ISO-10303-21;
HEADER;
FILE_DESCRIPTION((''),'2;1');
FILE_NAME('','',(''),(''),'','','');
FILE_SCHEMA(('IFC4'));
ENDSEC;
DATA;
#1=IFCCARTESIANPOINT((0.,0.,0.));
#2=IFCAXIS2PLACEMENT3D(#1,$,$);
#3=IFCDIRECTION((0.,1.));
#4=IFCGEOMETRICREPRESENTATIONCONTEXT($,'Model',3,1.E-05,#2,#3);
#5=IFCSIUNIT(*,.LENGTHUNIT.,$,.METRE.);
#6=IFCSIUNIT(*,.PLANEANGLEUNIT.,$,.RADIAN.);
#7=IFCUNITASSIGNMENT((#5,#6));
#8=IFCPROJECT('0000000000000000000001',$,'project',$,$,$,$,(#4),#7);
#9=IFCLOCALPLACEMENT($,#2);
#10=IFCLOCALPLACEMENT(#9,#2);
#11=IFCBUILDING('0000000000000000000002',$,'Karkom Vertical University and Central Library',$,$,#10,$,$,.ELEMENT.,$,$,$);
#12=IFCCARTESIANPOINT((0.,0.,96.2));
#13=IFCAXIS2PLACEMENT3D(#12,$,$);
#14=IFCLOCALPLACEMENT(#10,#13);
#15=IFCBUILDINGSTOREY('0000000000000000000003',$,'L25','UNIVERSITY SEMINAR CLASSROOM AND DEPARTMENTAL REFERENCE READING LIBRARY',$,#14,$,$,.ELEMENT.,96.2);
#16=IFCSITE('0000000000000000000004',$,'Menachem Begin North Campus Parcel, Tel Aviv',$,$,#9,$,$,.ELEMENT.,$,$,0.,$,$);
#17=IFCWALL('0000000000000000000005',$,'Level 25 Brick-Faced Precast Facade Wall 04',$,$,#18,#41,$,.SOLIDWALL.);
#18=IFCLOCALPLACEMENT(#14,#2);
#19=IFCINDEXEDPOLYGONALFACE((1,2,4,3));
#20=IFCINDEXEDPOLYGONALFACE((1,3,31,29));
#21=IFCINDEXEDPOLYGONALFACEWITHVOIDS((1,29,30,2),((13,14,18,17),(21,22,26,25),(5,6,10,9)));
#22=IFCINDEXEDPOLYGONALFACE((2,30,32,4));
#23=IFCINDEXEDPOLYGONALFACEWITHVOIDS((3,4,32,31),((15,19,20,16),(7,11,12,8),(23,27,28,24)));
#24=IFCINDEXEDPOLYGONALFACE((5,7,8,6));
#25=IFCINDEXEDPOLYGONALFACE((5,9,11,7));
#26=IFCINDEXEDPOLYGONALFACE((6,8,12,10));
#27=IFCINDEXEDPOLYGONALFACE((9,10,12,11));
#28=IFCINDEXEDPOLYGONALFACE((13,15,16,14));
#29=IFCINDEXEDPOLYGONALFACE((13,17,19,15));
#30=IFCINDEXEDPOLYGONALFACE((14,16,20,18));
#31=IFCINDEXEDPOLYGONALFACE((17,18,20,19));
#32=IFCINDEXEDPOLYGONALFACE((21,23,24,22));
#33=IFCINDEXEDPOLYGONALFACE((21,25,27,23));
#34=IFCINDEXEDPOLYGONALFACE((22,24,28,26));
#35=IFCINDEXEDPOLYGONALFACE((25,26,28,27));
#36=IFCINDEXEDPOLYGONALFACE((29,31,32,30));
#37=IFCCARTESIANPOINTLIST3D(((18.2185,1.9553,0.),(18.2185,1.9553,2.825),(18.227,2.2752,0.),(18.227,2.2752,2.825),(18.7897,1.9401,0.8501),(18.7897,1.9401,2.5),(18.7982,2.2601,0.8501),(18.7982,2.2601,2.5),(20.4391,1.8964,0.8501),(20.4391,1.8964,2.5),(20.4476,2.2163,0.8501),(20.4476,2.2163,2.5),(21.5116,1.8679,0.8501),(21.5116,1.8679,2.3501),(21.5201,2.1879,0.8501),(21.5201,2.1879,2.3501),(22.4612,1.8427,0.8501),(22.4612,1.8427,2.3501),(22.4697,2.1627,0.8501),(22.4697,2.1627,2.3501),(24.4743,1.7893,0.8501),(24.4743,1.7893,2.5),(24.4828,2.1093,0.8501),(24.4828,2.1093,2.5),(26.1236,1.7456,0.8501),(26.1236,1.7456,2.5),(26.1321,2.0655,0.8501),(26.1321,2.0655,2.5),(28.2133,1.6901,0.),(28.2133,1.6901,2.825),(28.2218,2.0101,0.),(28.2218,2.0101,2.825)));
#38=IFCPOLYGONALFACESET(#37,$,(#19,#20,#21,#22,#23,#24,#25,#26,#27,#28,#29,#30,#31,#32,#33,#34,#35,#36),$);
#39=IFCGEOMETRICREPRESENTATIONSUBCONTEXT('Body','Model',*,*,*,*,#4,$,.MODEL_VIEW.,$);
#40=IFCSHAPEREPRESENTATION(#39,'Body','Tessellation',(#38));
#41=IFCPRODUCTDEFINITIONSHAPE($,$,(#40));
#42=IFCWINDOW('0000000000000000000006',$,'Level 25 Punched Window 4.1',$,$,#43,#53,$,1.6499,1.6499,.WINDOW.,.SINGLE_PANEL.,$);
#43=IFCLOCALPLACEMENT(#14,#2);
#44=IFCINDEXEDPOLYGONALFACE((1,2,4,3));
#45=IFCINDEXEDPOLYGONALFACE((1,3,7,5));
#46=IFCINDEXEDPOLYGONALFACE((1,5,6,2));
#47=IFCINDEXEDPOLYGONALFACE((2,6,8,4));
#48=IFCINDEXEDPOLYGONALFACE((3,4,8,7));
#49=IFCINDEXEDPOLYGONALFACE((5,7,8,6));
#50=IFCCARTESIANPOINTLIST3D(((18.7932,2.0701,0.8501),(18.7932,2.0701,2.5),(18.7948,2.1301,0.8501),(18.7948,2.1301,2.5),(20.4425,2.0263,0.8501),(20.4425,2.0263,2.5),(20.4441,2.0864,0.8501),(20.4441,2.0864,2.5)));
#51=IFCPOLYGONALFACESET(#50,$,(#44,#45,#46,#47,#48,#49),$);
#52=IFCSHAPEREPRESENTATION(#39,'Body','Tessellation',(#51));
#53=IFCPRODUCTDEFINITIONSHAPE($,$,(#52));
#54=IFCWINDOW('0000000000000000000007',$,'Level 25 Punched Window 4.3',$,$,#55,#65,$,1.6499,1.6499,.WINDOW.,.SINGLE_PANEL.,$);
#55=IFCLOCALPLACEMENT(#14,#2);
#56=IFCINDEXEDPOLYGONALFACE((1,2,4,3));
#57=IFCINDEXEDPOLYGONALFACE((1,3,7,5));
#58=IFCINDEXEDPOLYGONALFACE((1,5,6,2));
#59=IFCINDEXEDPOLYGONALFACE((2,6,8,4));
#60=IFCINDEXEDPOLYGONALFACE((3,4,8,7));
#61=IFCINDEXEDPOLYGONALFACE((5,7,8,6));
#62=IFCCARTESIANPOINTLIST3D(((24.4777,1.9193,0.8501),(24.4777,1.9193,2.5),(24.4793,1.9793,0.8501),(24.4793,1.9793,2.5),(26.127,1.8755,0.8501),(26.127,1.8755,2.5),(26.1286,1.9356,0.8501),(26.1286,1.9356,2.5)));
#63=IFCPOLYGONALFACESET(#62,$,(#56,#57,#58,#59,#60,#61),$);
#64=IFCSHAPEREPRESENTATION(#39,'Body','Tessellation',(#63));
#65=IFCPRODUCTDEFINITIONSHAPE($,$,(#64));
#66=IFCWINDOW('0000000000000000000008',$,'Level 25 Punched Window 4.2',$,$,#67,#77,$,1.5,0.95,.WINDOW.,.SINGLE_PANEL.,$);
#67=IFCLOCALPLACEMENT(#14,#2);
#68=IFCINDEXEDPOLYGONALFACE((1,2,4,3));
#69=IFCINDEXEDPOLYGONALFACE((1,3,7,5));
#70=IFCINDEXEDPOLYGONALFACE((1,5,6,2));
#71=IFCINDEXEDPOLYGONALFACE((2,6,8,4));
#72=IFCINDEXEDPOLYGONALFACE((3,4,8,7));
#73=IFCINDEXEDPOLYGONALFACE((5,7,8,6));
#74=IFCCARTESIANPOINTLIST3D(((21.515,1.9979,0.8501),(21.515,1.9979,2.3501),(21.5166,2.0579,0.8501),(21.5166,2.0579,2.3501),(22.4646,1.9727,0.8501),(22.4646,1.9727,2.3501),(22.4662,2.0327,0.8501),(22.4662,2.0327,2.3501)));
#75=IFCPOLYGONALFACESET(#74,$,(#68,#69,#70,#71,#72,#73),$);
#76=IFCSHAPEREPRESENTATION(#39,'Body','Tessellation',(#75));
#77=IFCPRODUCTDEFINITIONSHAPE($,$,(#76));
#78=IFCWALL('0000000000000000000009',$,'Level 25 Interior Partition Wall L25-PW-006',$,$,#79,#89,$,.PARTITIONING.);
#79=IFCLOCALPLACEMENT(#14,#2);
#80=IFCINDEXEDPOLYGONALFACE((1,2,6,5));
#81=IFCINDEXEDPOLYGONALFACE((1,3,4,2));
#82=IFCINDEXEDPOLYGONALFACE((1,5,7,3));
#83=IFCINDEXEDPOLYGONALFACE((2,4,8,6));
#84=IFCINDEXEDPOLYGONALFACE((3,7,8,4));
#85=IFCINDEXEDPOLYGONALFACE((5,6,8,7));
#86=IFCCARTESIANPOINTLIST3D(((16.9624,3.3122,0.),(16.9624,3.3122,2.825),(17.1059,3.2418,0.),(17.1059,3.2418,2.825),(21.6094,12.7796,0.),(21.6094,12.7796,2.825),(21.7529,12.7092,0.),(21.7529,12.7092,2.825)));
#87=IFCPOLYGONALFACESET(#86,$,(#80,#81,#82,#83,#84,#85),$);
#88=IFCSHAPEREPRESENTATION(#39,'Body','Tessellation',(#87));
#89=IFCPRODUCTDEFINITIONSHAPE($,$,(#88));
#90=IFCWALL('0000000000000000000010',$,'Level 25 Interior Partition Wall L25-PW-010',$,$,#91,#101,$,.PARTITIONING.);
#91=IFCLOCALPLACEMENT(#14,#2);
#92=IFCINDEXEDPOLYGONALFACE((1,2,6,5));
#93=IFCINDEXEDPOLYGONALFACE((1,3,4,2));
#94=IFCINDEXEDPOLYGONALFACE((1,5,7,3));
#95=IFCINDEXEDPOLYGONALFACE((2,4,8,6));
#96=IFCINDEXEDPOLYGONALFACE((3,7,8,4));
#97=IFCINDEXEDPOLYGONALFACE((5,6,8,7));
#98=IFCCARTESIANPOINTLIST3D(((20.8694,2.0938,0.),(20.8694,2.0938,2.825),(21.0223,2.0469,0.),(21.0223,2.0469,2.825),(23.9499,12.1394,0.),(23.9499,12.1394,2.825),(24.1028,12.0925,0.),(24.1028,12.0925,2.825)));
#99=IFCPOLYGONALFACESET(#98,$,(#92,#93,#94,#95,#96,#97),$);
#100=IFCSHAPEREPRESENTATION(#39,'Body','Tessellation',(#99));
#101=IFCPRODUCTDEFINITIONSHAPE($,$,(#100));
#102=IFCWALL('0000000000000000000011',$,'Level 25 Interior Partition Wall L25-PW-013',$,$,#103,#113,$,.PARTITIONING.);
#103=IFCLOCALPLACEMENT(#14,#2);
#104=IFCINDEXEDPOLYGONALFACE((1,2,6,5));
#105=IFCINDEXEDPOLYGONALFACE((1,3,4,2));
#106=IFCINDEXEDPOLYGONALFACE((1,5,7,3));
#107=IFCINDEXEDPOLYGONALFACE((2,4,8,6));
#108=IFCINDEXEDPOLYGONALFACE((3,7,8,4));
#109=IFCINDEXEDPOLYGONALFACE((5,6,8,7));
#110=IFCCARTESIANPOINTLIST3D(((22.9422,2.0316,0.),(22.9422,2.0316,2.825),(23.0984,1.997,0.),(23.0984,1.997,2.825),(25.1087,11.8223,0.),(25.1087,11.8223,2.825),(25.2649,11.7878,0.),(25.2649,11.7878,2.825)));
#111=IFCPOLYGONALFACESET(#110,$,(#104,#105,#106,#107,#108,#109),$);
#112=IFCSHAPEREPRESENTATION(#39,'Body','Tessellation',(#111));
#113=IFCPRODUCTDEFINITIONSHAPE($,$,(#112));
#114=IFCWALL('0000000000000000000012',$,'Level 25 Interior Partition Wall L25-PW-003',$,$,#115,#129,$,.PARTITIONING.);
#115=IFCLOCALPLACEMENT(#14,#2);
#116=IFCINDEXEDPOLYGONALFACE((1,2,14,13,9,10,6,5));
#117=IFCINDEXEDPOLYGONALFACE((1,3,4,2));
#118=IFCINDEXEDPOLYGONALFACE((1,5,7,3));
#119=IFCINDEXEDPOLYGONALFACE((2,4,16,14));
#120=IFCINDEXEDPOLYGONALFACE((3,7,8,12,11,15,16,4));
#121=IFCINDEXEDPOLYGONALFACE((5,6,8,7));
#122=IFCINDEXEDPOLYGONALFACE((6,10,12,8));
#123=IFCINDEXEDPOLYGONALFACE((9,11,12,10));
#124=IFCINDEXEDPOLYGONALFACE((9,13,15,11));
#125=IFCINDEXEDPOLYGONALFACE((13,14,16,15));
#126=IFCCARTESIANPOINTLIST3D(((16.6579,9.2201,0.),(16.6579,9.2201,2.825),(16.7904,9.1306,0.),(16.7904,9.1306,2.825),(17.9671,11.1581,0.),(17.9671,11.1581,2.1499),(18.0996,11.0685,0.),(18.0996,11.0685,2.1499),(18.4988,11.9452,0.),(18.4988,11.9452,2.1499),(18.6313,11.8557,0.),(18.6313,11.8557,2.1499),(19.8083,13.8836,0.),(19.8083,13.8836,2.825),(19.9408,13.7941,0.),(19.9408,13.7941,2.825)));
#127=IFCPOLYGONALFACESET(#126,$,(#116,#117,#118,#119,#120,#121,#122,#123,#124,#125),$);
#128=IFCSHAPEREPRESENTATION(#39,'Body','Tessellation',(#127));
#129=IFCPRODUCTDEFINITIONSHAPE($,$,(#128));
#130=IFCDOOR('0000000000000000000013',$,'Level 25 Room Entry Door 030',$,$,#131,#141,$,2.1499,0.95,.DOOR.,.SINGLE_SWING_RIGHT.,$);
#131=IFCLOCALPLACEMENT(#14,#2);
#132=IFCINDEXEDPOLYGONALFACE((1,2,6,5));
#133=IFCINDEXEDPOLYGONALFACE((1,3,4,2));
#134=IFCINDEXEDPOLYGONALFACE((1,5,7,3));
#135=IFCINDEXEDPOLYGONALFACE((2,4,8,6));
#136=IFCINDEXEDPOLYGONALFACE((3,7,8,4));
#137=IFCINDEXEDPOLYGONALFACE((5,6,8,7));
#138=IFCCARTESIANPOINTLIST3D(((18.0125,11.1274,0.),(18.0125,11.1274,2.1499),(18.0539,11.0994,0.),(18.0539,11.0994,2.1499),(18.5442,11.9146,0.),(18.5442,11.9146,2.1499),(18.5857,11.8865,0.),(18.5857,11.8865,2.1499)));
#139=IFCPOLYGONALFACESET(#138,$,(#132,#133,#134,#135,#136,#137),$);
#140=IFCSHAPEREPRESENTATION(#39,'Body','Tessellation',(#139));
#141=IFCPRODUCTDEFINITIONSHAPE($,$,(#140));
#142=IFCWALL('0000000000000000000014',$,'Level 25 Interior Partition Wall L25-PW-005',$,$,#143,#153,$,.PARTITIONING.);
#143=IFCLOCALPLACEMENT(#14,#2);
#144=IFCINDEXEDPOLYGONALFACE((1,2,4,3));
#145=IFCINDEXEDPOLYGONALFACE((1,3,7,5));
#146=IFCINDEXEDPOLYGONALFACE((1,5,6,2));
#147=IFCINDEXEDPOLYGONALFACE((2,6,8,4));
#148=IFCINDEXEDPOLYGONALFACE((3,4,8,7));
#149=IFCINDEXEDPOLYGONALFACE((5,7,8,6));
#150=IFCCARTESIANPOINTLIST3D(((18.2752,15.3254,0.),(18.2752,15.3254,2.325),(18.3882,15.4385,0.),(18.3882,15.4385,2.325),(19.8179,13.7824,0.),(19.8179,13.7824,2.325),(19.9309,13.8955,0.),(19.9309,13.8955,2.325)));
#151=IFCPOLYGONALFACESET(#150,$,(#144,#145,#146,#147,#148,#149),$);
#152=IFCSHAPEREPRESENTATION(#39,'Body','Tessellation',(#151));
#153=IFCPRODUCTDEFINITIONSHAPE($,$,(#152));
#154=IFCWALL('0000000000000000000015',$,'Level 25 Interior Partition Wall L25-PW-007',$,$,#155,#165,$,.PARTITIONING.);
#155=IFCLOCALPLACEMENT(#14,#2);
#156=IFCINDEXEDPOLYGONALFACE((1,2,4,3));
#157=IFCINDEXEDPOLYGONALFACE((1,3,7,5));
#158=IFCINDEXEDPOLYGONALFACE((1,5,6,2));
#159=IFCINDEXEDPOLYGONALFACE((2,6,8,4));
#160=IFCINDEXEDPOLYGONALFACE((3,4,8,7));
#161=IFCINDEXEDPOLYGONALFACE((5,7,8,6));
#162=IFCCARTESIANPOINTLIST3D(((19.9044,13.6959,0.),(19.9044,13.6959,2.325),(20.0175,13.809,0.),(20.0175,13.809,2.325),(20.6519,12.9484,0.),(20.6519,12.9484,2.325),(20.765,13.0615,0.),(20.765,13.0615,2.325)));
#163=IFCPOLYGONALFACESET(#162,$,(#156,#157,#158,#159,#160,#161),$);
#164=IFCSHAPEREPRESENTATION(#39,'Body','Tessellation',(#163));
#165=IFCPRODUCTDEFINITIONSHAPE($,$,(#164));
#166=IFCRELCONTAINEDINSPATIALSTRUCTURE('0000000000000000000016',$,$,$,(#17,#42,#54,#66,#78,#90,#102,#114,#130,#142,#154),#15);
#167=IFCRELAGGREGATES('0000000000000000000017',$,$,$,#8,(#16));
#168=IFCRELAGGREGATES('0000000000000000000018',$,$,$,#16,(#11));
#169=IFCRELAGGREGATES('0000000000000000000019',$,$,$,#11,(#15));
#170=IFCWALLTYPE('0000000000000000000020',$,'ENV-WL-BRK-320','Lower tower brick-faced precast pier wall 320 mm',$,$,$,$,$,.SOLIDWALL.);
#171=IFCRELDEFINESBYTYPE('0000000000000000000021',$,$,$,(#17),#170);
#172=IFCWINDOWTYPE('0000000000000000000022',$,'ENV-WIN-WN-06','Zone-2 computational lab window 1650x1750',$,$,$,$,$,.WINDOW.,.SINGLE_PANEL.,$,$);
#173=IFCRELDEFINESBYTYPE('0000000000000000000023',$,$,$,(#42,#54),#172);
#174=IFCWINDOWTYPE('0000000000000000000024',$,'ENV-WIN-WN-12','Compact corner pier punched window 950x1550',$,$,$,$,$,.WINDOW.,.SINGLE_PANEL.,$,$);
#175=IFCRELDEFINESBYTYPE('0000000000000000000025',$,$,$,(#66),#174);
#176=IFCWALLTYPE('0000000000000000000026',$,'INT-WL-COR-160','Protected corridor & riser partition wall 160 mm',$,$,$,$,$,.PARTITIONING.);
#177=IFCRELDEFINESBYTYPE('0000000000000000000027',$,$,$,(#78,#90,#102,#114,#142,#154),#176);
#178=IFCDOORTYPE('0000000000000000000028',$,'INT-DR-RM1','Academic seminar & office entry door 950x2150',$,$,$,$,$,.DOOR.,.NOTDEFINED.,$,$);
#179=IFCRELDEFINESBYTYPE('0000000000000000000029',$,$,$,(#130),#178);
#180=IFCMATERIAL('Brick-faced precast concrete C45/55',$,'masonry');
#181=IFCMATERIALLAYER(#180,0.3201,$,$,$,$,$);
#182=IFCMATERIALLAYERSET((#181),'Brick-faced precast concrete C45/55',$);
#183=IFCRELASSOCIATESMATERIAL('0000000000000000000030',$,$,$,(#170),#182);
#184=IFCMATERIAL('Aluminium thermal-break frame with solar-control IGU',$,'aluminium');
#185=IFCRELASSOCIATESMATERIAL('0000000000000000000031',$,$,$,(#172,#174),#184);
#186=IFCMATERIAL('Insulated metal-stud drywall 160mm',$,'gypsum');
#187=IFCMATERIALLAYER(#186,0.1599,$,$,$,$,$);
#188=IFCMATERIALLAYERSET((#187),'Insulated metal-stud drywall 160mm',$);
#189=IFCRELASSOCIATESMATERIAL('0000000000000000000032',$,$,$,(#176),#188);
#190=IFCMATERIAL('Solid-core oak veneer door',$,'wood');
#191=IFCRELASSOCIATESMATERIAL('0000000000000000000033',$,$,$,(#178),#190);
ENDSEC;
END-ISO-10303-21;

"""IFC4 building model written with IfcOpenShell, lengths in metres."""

from ifc_helpers import new_model, si_unit, direction, frame, frame_2d, origin, origin_with_axes, place, context, subcontext, project, spatial, rectangle, extrude, source, transform, mapped, material, layer, layer_set, type_object, element, fill, save


model = new_model("IFC4")

# Units and contexts
model_context = context("Model", 3, precision=1e-05, world=origin(), true_north=direction((0.0, 1.0)))
body_context = subcontext(model_context, "Body", "Model", "MODEL_VIEW")
ifc_project = project(units=[si_unit("LENGTHUNIT", "METRE"), si_unit("PLANEANGLEUNIT", "RADIAN")], contexts=[model_context])

# Site, building, storey
site_placement = place(None, origin())
site = spatial("IfcSite", under=ifc_project, at=site_placement, Name="Menachem Begin North Campus Parcel, Tel Aviv", CompositionType="ELEMENT", RefElevation=0.0)
building_placement = place(site_placement, origin())
building = spatial("IfcBuilding", under=site, at=building_placement, Name="Karkom Vertical University and Central Library", CompositionType="ELEMENT")
storey_placement = place(building_placement, frame((0.0, 0.0, 96.2)))
storey = spatial("IfcBuildingStorey", under=building, at=storey_placement, Name="L25", Description="UNIVERSITY SEMINAR CLASSROOM AND DEPARTMENTAL REFERENCE READING LIBRARY", CompositionType="ELEMENT", Elevation=96.2)

# Wall, openings, windows
ifc_material_1 = material(Name="Brick-faced precast concrete C45/55", Category="masonry")
ifc_layer_1 = layer(ifc_material_1, 0.3201)
ifc_layer_set_1 = layer_set([ifc_layer_1], Name="Brick-faced precast concrete C45/55")
wall_type_1 = type_object("IfcWallType", Name="ENV-WL-BRK-320", Description="Lower tower brick-faced precast pier wall 320 mm", PredefinedType="SOLIDWALL", material=ifc_layer_set_1)
wall_1_placement = place(storey_placement, frame((18.2229, 2.1152, 0.0), z_axis=(0.0, 0.0, 1.0), x_axis=(0.999648, -0.026518, 0.0)))
wall_1 = element("IfcWall", 1, at=wall_1_placement, inside=storey, type_object=wall_type_1, Name="Level 25 Brick-Faced Precast Facade Wall 04", PredefinedType="SOLIDWALL", context=body_context, shape_type="SweptSolid", body=[
    extrude(rectangle(XDim=9.9983, YDim=0.3201, at=frame_2d((4.999, 0.0))), origin(), (0.0, 0.0, 1.0), 2.825),
])
opening_1_placement = place(wall_1_placement, frame((0.5713, 0.0, 0.8501)))
opening_1 = element("IfcOpeningElement", 2, at=opening_1_placement, cuts=wall_1, PredefinedType="OPENING", context=body_context, shape_type="SweptSolid", body=[
    extrude(rectangle(XDim=1.6499, YDim=1.6499, at=frame_2d((0.825, 0.825))), frame((0.0, 0.1699, 0.0), z_axis=(0.0, -1.0, 0.0), x_axis=(1.0, 0.0, 0.0)), (0.0, 0.0, 1.0), 0.3401),
])
opening_2_placement = place(wall_1_placement, frame((3.2939, 0.0, 0.8501)))
opening_2 = element("IfcOpeningElement", 3, at=opening_2_placement, cuts=wall_1, PredefinedType="OPENING", context=body_context, shape_type="SweptSolid", body=[
    extrude(rectangle(XDim=0.95, YDim=1.5, at=frame_2d((0.4751, 0.75))), frame((0.0, 0.1699, 0.0), z_axis=(0.0, -1.0, 0.0), x_axis=(1.0, 0.0, 0.0)), (0.0, 0.0, 1.0), 0.3401),
])
opening_3_placement = place(wall_1_placement, frame((6.2578, 0.0, 0.8501)))
opening_3 = element("IfcOpeningElement", 4, at=opening_3_placement, cuts=wall_1, PredefinedType="OPENING", context=body_context, shape_type="SweptSolid", body=[
    extrude(rectangle(XDim=1.6499, YDim=1.6499, at=frame_2d((0.825, 0.825))), frame((0.0, 0.1699, 0.0), z_axis=(0.0, -1.0, 0.0), x_axis=(1.0, 0.0, 0.0)), (0.0, 0.0, 1.0), 0.3401),
])
ifc_material_2 = material(Name="Aluminium thermal-break frame with solar-control IGU", Category="aluminium")
window_type_1 = type_object("IfcWindowType", Name="ENV-WIN-WN-06", Description="Zone-2 computational lab window 1650x1750", PartitioningType="SINGLE_PANEL", PredefinedType="WINDOW", material=ifc_material_2)
shared_shape_1 = source(origin_with_axes(), body_context, "Body", "SweptSolid", [
    extrude(rectangle(XDim=1.6499, YDim=1.6499, at=frame_2d((0.825, 0.825))), frame((0.0, 0.03, 0.0), z_axis=(0.0, -1.0, 0.0), x_axis=(1.0, 0.0, 0.0)), (0.0, 0.0, 1.0), 0.0601),
])
window_1_placement = place(opening_1_placement, origin())
window_1 = element("IfcWindow", 5, at=window_1_placement, inside=storey, type_object=window_type_1, Name="Level 25 Punched Window 4.1", OverallHeight=1.6499, OverallWidth=1.6499, PartitioningType="SINGLE_PANEL", PredefinedType="WINDOW", context=body_context, shape_type="MappedRepresentation", body=[
    mapped(shared_shape_1, transform((0.0, 0.0, 0.0), scale=1.0)),
])
fill(opening_1, window_1)
window_2_placement = place(opening_3_placement, origin())
window_2 = element("IfcWindow", 6, at=window_2_placement, inside=storey, type_object=window_type_1, Name="Level 25 Punched Window 4.3", OverallHeight=1.6499, OverallWidth=1.6499, PartitioningType="SINGLE_PANEL", PredefinedType="WINDOW", context=body_context, shape_type="MappedRepresentation", body=[
    mapped(shared_shape_1, transform((0.0, 0.0, 0.0), scale=1.0)),
])
fill(opening_3, window_2)
window_type_2 = type_object("IfcWindowType", Name="ENV-WIN-WN-12", Description="Compact corner pier punched window 950x1550", PartitioningType="SINGLE_PANEL", PredefinedType="WINDOW", material=ifc_material_2)
shared_shape_2 = source(origin_with_axes(), body_context, "Body", "SweptSolid", [
    extrude(rectangle(XDim=0.95, YDim=1.5, at=frame_2d((0.4751, 0.75))), frame((0.0, 0.03, 0.0), z_axis=(0.0, -1.0, 0.0), x_axis=(1.0, 0.0, 0.0)), (0.0, 0.0, 1.0), 0.0601),
])
window_3_placement = place(opening_2_placement, origin())
window_3 = element("IfcWindow", 7, at=window_3_placement, inside=storey, type_object=window_type_2, Name="Level 25 Punched Window 4.2", OverallHeight=1.5, OverallWidth=0.95, PartitioningType="SINGLE_PANEL", PredefinedType="WINDOW", context=body_context, shape_type="MappedRepresentation", body=[
    mapped(shared_shape_2, transform((0.0, 0.0, 0.0), scale=1.0)),
])
fill(opening_2, window_3)

# Walls
ifc_material_3 = material(Name="Insulated metal-stud drywall 160mm", Category="gypsum")
ifc_layer_2 = layer(ifc_material_3, 0.1599)
ifc_layer_set_2 = layer_set([ifc_layer_2], Name="Insulated metal-stud drywall 160mm")
wall_type_2 = type_object("IfcWallType", Name="INT-WL-COR-160", Description="Protected corridor & riser partition wall 160 mm", PredefinedType="PARTITIONING", material=ifc_layer_set_2)
wall_2_placement = place(storey_placement, frame((21.6812, 12.7444, 0.0), z_axis=(0.0, 0.0, 1.0), x_axis=(-0.440627, -0.89769, 0.0)))
element("IfcWall", 8, at=wall_2_placement, inside=storey, type_object=wall_type_2, Name="Level 25 Interior Partition Wall L25-PW-006", PredefinedType="PARTITIONING", context=body_context, shape_type="SweptSolid", body=[
    extrude(rectangle(XDim=10.5464, YDim=0.1599, at=frame_2d((5.2732, 0.0))), origin(), (0.0, 0.0, 1.0), 2.825),
])
wall_3_placement = place(storey_placement, frame((24.0264, 12.116, 0.0), z_axis=(0.0, 0.0, 1.0), x_axis=(-0.293181, -0.956057, 0.0)))
element("IfcWall", 9, at=wall_3_placement, inside=storey, type_object=wall_type_2, Name="Level 25 Interior Partition Wall L25-PW-010", PredefinedType="PARTITIONING", context=body_context, shape_type="SweptSolid", body=[
    extrude(rectangle(XDim=10.5073, YDim=0.1599, at=frame_2d((5.2537, 0.0))), origin(), (0.0, 0.0, 1.0), 2.825),
])
wall_4_placement = place(storey_placement, frame((25.1868, 11.8049, 0.0), z_axis=(0.0, 0.0, 1.0), x_axis=(-0.216054, -0.976381, 0.0)))
element("IfcWall", 10, at=wall_4_placement, inside=storey, type_object=wall_type_2, Name="Level 25 Interior Partition Wall L25-PW-013", PredefinedType="PARTITIONING", context=body_context, shape_type="SweptSolid", body=[
    extrude(rectangle(XDim=10.0276, YDim=0.1599, at=frame_2d((5.0137, 0.0))), origin(), (0.0, 0.0, 1.0), 2.825),
])

# Wall, opening, door
wall_5_placement = place(storey_placement, frame((19.8745, 13.8389, 0.0), z_axis=(0.0, 0.0, 1.0), x_axis=(-0.559775, -0.828644, 0.0)))
wall_5 = element("IfcWall", 11, at=wall_5_placement, inside=storey, type_object=wall_type_2, Name="Level 25 Interior Partition Wall L25-PW-003", PredefinedType="PARTITIONING", context=body_context, shape_type="SweptSolid", body=[
    extrude(rectangle(XDim=5.6279, YDim=0.1599, at=frame_2d((2.814, 0.0))), origin(), (0.0, 0.0, 1.0), 2.825),
])
opening_4_placement = place(wall_5_placement, frame((2.3391, 0.0, 0.0)))
opening_4 = element("IfcOpeningElement", 12, at=opening_4_placement, cuts=wall_5, PredefinedType="OPENING", context=body_context, shape_type="SweptSolid", body=[
    extrude(rectangle(XDim=0.95, YDim=2.1499, at=frame_2d((0.4751, 1.075))), frame((0.0, 0.0898, 0.0), z_axis=(0.0, -1.0, 0.0), x_axis=(1.0, 0.0, 0.0)), (0.0, 0.0, 1.0), 0.1799),
])
ifc_material_4 = material(Name="Solid-core oak veneer door", Category="wood")
door_type_1 = type_object("IfcDoorType", Name="INT-DR-RM1", Description="Academic seminar & office entry door 950x2150", OperationType="NOTDEFINED", PredefinedType="DOOR", material=ifc_material_4)
shared_shape_3 = source(origin_with_axes(), body_context, "Body", "SweptSolid", [
    extrude(rectangle(XDim=0.95, YDim=2.1499, at=frame_2d((0.4751, 1.075))), frame((0.0, 0.0249, 0.0), z_axis=(0.0, -1.0, 0.0), x_axis=(1.0, 0.0, 0.0)), (0.0, 0.0, 1.0), 0.05),
])
door_1_placement = place(opening_4_placement, origin())
door_1 = element("IfcDoor", 13, at=door_1_placement, inside=storey, type_object=door_type_1, Name="Level 25 Room Entry Door 030", OperationType="SINGLE_SWING_RIGHT", OverallHeight=2.1499, OverallWidth=0.95, PredefinedType="DOOR", context=body_context, shape_type="MappedRepresentation", body=[
    mapped(shared_shape_3, transform((0.0, 0.0, 0.0), scale=1.0)),
])
fill(opening_4, door_1)

# Walls
wall_6_placement = place(storey_placement, frame((18.3318, 15.3818, 0.0), z_axis=(0.0, 0.0, 1.0), x_axis=(0.707051, -0.707163, 0.0)))
element("IfcWall", 14, at=wall_6_placement, inside=storey, type_object=wall_type_2, Name="Level 25 Interior Partition Wall L25-PW-005", PredefinedType="PARTITIONING", context=body_context, shape_type="SweptSolid", body=[
    extrude(rectangle(XDim=2.1819, YDim=0.1599, at=frame_2d((1.0908, 0.0))), origin(), (0.0, 0.0, 1.0), 2.325),
])
wall_7_placement = place(storey_placement, frame((19.9609, 13.7524, 0.0), z_axis=(0.0, 0.0, 1.0), x_axis=(0.707107, -0.707107, 0.0)))
element("IfcWall", 15, at=wall_7_placement, inside=storey, type_object=wall_type_2, Name="Level 25 Interior Partition Wall L25-PW-007", PredefinedType="PARTITIONING", context=body_context, shape_type="SweptSolid", body=[
    extrude(rectangle(XDim=1.0571, YDim=0.1599, at=frame_2d((0.5286, 0.0))), origin(), (0.0, 0.0, 1.0), 2.325),
])

save(model, "model.ifc")
